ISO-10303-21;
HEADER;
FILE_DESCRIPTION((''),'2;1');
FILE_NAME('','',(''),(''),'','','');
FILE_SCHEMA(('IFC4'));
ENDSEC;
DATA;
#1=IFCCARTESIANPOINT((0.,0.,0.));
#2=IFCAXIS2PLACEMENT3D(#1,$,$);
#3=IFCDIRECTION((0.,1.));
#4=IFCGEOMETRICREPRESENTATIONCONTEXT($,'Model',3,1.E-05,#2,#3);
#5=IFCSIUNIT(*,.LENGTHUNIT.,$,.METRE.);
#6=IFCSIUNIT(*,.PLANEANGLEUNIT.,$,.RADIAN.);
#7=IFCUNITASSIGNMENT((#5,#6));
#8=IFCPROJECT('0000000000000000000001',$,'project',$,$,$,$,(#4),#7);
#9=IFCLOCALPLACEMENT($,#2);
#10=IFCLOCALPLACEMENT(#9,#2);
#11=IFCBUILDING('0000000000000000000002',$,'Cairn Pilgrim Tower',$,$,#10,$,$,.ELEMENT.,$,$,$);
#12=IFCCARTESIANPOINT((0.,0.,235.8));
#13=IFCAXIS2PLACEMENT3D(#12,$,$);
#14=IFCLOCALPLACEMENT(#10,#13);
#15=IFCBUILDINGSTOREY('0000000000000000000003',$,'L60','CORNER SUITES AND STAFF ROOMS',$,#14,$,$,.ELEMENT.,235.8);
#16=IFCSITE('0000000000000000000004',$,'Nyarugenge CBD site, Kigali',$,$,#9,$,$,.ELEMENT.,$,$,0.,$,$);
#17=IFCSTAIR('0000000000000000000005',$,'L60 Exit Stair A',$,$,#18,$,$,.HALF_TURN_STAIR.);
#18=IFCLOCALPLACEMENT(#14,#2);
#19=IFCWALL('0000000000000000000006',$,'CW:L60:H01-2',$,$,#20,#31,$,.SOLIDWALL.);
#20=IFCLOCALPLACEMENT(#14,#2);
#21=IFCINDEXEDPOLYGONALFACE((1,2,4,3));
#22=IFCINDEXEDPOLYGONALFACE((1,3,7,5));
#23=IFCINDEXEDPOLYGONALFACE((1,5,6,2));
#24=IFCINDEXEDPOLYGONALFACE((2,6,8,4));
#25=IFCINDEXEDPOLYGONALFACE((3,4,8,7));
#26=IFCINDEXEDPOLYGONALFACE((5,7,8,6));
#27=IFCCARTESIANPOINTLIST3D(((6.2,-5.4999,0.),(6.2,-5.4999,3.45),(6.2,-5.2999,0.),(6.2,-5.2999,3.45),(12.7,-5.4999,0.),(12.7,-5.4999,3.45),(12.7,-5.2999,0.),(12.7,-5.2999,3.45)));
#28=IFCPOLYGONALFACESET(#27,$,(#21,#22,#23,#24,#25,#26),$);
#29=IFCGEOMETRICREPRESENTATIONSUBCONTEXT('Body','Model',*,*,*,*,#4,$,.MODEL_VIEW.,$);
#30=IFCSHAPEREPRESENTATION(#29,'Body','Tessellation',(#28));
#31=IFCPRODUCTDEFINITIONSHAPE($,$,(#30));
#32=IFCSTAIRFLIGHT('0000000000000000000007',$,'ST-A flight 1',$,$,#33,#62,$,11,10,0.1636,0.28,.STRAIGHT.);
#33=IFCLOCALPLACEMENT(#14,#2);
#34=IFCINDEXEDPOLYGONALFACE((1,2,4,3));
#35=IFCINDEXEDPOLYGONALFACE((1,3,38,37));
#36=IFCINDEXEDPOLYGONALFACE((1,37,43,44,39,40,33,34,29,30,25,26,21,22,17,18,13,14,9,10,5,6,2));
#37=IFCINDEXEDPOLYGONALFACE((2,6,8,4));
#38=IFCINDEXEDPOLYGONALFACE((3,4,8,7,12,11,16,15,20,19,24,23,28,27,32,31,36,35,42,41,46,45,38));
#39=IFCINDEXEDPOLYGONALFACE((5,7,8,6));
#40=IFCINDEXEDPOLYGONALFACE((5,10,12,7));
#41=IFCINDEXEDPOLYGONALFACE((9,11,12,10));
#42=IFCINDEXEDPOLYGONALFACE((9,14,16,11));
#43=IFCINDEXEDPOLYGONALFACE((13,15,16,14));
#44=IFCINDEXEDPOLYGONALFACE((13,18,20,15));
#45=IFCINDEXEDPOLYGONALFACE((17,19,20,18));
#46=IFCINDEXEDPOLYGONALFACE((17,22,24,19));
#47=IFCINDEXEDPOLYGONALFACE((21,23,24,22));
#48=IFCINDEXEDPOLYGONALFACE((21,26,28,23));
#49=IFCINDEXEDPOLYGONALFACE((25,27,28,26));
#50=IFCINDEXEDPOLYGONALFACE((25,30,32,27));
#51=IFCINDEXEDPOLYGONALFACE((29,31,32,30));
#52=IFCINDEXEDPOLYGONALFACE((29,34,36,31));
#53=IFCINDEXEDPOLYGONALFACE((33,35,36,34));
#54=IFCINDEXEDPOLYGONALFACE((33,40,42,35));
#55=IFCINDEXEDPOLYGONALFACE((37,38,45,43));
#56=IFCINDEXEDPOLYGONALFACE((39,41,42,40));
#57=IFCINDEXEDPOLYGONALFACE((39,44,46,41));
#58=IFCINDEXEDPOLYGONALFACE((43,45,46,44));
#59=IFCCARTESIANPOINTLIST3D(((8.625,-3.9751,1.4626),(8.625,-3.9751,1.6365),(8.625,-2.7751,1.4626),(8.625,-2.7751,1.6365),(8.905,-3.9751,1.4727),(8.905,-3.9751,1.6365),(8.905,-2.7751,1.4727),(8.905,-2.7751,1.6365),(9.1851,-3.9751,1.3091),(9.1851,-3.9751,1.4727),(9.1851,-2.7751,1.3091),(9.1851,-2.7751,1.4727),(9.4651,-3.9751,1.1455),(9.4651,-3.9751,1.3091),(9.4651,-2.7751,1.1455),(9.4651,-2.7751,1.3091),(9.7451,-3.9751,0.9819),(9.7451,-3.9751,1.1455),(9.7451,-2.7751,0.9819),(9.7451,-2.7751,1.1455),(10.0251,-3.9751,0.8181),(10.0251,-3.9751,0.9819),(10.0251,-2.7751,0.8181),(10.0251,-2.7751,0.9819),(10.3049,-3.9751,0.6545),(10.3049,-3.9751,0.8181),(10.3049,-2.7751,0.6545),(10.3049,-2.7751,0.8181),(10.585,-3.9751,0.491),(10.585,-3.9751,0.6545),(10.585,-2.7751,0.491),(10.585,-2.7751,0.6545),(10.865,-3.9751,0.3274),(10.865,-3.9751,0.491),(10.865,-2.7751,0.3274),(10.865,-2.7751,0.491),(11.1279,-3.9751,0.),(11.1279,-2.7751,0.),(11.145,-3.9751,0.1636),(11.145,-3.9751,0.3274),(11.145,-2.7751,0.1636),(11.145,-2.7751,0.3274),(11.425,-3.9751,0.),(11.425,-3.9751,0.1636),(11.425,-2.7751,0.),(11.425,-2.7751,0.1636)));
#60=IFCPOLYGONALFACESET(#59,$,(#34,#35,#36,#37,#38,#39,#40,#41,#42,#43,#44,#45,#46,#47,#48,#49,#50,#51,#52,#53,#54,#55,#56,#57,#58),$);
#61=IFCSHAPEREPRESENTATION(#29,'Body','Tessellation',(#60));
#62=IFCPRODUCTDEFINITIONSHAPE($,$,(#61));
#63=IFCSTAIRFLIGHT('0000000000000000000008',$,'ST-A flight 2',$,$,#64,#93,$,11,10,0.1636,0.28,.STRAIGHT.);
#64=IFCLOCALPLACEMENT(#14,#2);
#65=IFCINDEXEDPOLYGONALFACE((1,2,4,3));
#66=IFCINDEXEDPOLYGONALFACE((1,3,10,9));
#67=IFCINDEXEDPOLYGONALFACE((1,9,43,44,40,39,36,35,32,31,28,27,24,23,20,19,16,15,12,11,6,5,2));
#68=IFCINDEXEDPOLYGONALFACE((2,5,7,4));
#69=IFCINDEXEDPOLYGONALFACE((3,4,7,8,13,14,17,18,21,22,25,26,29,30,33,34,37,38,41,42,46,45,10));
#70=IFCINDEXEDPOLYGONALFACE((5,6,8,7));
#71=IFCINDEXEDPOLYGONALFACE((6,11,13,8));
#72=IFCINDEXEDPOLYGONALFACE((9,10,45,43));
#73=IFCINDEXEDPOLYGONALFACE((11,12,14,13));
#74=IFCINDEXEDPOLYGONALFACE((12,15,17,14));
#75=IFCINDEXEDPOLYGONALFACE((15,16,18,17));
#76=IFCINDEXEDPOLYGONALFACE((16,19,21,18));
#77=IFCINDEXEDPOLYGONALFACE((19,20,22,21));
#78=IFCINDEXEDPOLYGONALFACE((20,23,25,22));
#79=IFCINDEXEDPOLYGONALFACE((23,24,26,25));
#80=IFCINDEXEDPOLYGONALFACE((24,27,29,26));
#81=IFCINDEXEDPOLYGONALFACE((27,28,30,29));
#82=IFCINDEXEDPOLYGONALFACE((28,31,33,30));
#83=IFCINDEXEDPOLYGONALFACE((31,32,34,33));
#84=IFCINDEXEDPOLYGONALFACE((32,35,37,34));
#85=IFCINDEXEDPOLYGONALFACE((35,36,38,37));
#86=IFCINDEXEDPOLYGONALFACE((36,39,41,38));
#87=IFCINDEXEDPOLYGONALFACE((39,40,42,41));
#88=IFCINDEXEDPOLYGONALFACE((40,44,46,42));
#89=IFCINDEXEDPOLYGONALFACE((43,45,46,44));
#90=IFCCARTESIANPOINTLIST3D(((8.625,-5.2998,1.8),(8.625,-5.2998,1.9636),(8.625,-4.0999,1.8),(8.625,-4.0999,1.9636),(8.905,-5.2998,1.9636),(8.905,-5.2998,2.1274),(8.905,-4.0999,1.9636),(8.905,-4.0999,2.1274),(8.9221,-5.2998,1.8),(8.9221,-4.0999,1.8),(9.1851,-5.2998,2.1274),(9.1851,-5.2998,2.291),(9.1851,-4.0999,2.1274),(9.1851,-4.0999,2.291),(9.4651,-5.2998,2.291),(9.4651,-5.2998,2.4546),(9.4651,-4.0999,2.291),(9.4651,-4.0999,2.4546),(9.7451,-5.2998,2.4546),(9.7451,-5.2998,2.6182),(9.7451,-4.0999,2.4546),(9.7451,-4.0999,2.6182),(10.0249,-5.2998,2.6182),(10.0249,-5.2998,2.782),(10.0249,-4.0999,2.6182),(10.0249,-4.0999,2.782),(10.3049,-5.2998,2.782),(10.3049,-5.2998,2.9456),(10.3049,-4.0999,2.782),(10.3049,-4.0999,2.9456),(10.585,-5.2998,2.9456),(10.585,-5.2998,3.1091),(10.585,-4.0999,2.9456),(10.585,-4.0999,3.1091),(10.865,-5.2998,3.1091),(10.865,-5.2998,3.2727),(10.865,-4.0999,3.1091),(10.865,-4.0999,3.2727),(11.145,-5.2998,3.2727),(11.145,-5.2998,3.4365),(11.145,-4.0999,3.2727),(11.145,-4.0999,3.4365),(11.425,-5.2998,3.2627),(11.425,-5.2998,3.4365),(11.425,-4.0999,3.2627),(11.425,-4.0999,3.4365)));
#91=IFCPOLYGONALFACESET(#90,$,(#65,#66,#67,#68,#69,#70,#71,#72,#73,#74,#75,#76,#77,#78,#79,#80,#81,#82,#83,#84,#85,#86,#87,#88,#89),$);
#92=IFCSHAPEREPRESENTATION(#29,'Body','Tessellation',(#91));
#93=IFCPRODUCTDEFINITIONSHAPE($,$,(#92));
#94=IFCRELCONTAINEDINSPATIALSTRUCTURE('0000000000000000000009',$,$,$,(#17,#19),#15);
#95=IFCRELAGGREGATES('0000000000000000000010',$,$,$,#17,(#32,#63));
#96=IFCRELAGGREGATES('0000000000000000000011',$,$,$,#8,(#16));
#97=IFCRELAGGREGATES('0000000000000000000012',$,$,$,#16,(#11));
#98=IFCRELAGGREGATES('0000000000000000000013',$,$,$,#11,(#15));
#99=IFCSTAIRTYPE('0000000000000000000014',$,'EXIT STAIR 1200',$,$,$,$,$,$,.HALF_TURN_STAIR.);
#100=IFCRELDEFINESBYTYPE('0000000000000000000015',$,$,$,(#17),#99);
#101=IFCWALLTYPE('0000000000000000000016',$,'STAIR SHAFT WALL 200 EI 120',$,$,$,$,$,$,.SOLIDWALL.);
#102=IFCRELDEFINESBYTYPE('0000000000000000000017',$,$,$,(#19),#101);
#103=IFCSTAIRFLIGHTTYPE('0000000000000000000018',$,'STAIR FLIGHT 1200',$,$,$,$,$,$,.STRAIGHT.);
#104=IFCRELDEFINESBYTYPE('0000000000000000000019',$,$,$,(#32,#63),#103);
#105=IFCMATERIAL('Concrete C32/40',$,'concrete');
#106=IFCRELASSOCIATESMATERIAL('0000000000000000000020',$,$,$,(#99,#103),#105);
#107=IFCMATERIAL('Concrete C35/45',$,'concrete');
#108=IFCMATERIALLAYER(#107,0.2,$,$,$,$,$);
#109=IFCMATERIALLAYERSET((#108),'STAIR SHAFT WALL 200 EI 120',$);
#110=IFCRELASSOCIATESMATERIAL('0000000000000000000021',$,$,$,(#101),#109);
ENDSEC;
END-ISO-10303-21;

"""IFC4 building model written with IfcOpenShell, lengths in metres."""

from ifc_helpers import new_model, si_unit, direction, frame, frame_2d, origin, place, context, subcontext, project, spatial, polyline, rectangle, outline, extrude, material, layer, layer_set, type_object, element, aggregate, save


model = new_model("IFC4")

# Units and contexts
model_context = context("Model", 3, precision=1e-05, world=origin(), true_north=direction((0.0, 1.0)))
body_context = subcontext(model_context, "Body", "Model", "MODEL_VIEW")
ifc_project = project(units=[si_unit("LENGTHUNIT", "METRE"), si_unit("PLANEANGLEUNIT", "RADIAN")], contexts=[model_context])

# Site, building, storey
site_placement = place(None, origin())
site = spatial("IfcSite", under=ifc_project, at=site_placement, Name="Nyarugenge CBD site, Kigali", CompositionType="ELEMENT", RefElevation=0.0)
building_placement = place(site_placement, origin())
building = spatial("IfcBuilding", under=site, at=building_placement, Name="Cairn Pilgrim Tower", CompositionType="ELEMENT")
storey_placement = place(building_placement, frame((0.0, 0.0, 235.8)))
storey = spatial("IfcBuildingStorey", under=building, at=storey_placement, Name="L60", Description="CORNER SUITES AND STAFF ROOMS", CompositionType="ELEMENT", Elevation=235.8)

# Shared definitions
ifc_material_1 = material(Name="Concrete C35/45", Category="concrete")

# Stair
ifc_material_2 = material(Name="Concrete C32/40", Category="concrete")
stair_type = type_object("IfcStairType", Name="EXIT STAIR 1200", PredefinedType="HALF_TURN_STAIR", material=ifc_material_2)
stair_1_placement = place(storey_placement, origin())
stair_1 = element("IfcStair", 1, at=stair_1_placement, inside=storey, type_object=stair_type, Name="L60 Exit Stair A", PredefinedType="HALF_TURN_STAIR")

# Wall
ifc_layer_1 = layer(ifc_material_1, 0.2)
ifc_layer_set_1 = layer_set([ifc_layer_1], Name="STAIR SHAFT WALL 200 EI 120")
wall_type_1 = type_object("IfcWallType", Name="STAIR SHAFT WALL 200 EI 120", PredefinedType="SOLIDWALL", material=ifc_layer_set_1)
wall_1_placement = place(storey_placement, frame((6.2, -5.3999, 0.0), z_axis=(0.0, 0.0, 1.0), x_axis=(1.0, 0.0, 0.0)))
element("IfcWall", 2, at=wall_1_placement, inside=storey, type_object=wall_type_1, Name="CW:L60:H01-2", PredefinedType="SOLIDWALL", context=body_context, shape_type="SweptSolid", body=[
    extrude(rectangle(XDim=6.5, YDim=0.2, at=frame_2d((3.25, 0.0))), origin(), (0.0, 0.0, 1.0), 3.45),
])

# Stair flights
stair_flight_type = type_object("IfcStairFlightType", Name="STAIR FLIGHT 1200", PredefinedType="STRAIGHT", material=ifc_material_2)
stair_flight_1_placement = place(storey_placement, frame((11.425, -3.375, 0.0), z_axis=(0.0, 0.0, 1.0), x_axis=(-1.0, 0.0, 0.0)))
stair_flight_1 = element("IfcStairFlight", 3, at=stair_flight_1_placement, type_object=stair_flight_type, Name="ST-A flight 1", NumberOfRisers=11, NumberOfTreads=10, PredefinedType="STRAIGHT", RiserHeight=0.1636, TreadLength=0.28, context=body_context, shape_type="SweptSolid", body=[
    extrude(outline(polyline([(0.0, 0.0), (0.0, 0.1636), (0.28, 0.1636), (0.28, 0.3274), (0.5601, 0.3274), (0.5601, 0.491), (0.8401, 0.491), (0.8401, 0.6545), (1.1201, 0.6545), (1.1201, 0.8181), (1.3999, 0.8181), (1.3999, 0.9819), (1.6799, 0.9819), (1.6799, 1.1455), (1.96, 1.1455), (1.96, 1.3091), (2.24, 1.3091), (2.24, 1.4727), (2.52, 1.4727), (2.52, 1.6365), (2.8, 1.6365), (2.8, 1.8), (2.8, 1.4626), (0.2971, 0.0), (0.0, 0.0)])), frame((0.0, 0.6001, 0.0), z_axis=(0.0, -1.0, 0.0), x_axis=(1.0, 0.0, 0.0)), (0.0, 0.0, 1.0), 1.2),
])
stair_flight_2_placement = place(storey_placement, frame((8.625, -4.7, 1.8), z_axis=(0.0, 0.0, 1.0), x_axis=(1.0, 0.0, 0.0)))
stair_flight_2 = element("IfcStairFlight", 4, at=stair_flight_2_placement, type_object=stair_flight_type, Name="ST-A flight 2", NumberOfRisers=11, NumberOfTreads=10, PredefinedType="STRAIGHT", RiserHeight=0.1636, TreadLength=0.28, context=body_context, shape_type="SweptSolid", body=[
    extrude(outline(polyline([(0.0, 0.0), (0.0, 0.1636), (0.28, 0.1636), (0.28, 0.3274), (0.5601, 0.3274), (0.5601, 0.491), (0.8401, 0.491), (0.8401, 0.6545), (1.1201, 0.6545), (1.1201, 0.8181), (1.3999, 0.8181), (1.3999, 0.9819), (1.6799, 0.9819), (1.6799, 1.1455), (1.96, 1.1455), (1.96, 1.3091), (2.24, 1.3091), (2.24, 1.4727), (2.52, 1.4727), (2.52, 1.6365), (2.8, 1.6365), (2.8, 1.8), (2.8, 1.4626), (0.2971, 0.0), (0.0, 0.0)])), frame((0.0, 0.6001, 0.0), z_axis=(0.0, -1.0, 0.0), x_axis=(1.0, 0.0, 0.0)), (0.0, 0.0, 1.0), 1.2),
])
aggregate(stair_1, [stair_flight_1, stair_flight_2])

save(model, "model.ifc")
